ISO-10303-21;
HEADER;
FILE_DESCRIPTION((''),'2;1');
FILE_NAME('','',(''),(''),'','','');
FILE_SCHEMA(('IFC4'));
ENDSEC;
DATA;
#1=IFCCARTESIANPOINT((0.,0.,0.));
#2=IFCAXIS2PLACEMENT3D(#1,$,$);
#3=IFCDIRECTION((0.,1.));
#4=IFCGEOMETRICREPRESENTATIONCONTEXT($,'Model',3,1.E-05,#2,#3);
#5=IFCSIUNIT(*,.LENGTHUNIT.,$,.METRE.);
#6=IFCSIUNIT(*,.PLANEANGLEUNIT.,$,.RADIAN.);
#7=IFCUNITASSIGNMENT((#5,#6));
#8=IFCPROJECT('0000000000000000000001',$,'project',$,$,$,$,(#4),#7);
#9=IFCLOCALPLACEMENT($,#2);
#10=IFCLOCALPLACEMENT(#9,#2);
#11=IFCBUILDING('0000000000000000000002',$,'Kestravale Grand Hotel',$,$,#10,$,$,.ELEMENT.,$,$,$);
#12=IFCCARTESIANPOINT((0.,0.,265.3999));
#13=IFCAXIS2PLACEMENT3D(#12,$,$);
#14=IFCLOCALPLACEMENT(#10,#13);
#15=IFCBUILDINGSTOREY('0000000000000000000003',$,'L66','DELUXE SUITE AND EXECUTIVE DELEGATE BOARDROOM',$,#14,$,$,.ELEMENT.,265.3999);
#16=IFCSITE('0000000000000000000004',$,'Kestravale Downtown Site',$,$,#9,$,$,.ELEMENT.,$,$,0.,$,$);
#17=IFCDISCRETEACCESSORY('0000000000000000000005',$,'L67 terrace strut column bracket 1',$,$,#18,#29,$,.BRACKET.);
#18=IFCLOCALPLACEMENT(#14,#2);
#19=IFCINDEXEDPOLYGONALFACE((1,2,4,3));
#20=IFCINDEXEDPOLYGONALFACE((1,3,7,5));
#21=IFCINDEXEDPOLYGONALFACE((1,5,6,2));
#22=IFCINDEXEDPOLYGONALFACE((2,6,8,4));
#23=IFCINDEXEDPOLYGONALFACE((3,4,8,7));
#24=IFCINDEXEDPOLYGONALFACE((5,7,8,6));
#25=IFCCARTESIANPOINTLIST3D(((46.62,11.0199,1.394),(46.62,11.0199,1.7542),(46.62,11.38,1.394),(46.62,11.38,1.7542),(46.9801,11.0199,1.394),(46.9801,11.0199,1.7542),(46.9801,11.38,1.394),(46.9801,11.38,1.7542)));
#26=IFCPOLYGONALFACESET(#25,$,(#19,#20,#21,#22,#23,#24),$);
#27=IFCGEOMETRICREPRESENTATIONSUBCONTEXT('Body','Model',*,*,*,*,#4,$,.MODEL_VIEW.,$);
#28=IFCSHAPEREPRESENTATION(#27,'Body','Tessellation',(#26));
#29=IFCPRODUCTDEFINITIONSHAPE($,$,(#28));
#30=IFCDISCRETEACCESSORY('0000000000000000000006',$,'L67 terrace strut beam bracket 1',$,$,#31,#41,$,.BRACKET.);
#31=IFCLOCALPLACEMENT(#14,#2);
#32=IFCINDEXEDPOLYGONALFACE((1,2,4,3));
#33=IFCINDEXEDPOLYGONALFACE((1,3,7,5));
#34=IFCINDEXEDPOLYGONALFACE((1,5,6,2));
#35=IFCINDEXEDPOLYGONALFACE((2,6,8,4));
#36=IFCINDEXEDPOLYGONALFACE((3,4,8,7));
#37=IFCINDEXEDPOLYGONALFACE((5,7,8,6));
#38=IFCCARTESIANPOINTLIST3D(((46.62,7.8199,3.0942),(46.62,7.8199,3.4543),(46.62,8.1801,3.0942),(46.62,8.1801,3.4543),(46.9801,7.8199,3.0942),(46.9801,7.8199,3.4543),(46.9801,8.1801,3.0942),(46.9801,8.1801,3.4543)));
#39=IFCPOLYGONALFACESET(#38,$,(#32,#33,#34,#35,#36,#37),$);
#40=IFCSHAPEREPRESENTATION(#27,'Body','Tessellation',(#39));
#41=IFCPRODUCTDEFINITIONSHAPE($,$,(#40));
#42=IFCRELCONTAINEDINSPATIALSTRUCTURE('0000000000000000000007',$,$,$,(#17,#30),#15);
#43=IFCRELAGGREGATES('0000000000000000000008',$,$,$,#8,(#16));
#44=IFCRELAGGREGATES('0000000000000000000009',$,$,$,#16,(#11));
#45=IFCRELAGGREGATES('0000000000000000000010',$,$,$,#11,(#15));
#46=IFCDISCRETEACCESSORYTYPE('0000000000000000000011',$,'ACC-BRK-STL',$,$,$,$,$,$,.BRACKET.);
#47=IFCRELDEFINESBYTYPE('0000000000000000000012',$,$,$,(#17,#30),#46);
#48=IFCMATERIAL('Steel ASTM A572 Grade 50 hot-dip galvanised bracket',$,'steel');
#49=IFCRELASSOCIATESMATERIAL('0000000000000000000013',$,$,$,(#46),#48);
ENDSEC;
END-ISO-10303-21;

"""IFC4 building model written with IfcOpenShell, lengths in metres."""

from ifc_helpers import new_model, si_unit, direction, frame, origin, origin_2d, place, context, subcontext, project, spatial, rectangle, extrude, material, type_object, element, save


model = new_model("IFC4")

# Units and contexts
model_context = context("Model", 3, precision=1e-05, world=origin(), true_north=direction((0.0, 1.0)))
body_context = subcontext(model_context, "Body", "Model", "MODEL_VIEW")
ifc_project = project(units=[si_unit("LENGTHUNIT", "METRE"), si_unit("PLANEANGLEUNIT", "RADIAN")], contexts=[model_context])

# Site, building, storey
site_placement = place(None, origin())
site = spatial("IfcSite", under=ifc_project, at=site_placement, Name="Kestravale Downtown Site", CompositionType="ELEMENT", RefElevation=0.0)
building_placement = place(site_placement, origin())
building = spatial("IfcBuilding", under=site, at=building_placement, Name="Kestravale Grand Hotel", CompositionType="ELEMENT")
storey_placement = place(building_placement, frame((0.0, 0.0, 265.3999)))
storey = spatial("IfcBuildingStorey", under=building, at=storey_placement, Name="L66", Description="DELUXE SUITE AND EXECUTIVE DELEGATE BOARDROOM", CompositionType="ELEMENT", Elevation=265.3999)

# Discrete accessories
ifc_material_1 = material(Name="Steel ASTM A572 Grade 50 hot-dip galvanised bracket", Category="steel")
discrete_accessory_type = type_object("IfcDiscreteAccessoryType", Name="ACC-BRK-STL", PredefinedType="BRACKET", material=ifc_material_1)
for number, where, z_axis, x_axis, name in (
    (1, (46.8, 11.2, 1.394), (0.0, 0.0, 1.0), (1.0, 0.0, 0.0), "L67 terrace strut column bracket 1"),
    (2, (46.8, 8.0, 3.0942), (0.0, 0.0, 1.0), (1.0, 0.0, 0.0), "L67 terrace strut beam bracket 1"),
):
    element("IfcDiscreteAccessory", number, at=place(storey_placement, frame(where, z_axis=z_axis, x_axis=x_axis)), inside=storey, type_object=discrete_accessory_type, Name=name, PredefinedType="BRACKET", context=body_context, shape_type="SweptSolid", body=[
        extrude(rectangle(XDim=0.3601, YDim=0.3601, at=origin_2d()), origin(), (0.0, 0.0, 1.0), 0.3601),
    ])

save(model, "model.ifc")
